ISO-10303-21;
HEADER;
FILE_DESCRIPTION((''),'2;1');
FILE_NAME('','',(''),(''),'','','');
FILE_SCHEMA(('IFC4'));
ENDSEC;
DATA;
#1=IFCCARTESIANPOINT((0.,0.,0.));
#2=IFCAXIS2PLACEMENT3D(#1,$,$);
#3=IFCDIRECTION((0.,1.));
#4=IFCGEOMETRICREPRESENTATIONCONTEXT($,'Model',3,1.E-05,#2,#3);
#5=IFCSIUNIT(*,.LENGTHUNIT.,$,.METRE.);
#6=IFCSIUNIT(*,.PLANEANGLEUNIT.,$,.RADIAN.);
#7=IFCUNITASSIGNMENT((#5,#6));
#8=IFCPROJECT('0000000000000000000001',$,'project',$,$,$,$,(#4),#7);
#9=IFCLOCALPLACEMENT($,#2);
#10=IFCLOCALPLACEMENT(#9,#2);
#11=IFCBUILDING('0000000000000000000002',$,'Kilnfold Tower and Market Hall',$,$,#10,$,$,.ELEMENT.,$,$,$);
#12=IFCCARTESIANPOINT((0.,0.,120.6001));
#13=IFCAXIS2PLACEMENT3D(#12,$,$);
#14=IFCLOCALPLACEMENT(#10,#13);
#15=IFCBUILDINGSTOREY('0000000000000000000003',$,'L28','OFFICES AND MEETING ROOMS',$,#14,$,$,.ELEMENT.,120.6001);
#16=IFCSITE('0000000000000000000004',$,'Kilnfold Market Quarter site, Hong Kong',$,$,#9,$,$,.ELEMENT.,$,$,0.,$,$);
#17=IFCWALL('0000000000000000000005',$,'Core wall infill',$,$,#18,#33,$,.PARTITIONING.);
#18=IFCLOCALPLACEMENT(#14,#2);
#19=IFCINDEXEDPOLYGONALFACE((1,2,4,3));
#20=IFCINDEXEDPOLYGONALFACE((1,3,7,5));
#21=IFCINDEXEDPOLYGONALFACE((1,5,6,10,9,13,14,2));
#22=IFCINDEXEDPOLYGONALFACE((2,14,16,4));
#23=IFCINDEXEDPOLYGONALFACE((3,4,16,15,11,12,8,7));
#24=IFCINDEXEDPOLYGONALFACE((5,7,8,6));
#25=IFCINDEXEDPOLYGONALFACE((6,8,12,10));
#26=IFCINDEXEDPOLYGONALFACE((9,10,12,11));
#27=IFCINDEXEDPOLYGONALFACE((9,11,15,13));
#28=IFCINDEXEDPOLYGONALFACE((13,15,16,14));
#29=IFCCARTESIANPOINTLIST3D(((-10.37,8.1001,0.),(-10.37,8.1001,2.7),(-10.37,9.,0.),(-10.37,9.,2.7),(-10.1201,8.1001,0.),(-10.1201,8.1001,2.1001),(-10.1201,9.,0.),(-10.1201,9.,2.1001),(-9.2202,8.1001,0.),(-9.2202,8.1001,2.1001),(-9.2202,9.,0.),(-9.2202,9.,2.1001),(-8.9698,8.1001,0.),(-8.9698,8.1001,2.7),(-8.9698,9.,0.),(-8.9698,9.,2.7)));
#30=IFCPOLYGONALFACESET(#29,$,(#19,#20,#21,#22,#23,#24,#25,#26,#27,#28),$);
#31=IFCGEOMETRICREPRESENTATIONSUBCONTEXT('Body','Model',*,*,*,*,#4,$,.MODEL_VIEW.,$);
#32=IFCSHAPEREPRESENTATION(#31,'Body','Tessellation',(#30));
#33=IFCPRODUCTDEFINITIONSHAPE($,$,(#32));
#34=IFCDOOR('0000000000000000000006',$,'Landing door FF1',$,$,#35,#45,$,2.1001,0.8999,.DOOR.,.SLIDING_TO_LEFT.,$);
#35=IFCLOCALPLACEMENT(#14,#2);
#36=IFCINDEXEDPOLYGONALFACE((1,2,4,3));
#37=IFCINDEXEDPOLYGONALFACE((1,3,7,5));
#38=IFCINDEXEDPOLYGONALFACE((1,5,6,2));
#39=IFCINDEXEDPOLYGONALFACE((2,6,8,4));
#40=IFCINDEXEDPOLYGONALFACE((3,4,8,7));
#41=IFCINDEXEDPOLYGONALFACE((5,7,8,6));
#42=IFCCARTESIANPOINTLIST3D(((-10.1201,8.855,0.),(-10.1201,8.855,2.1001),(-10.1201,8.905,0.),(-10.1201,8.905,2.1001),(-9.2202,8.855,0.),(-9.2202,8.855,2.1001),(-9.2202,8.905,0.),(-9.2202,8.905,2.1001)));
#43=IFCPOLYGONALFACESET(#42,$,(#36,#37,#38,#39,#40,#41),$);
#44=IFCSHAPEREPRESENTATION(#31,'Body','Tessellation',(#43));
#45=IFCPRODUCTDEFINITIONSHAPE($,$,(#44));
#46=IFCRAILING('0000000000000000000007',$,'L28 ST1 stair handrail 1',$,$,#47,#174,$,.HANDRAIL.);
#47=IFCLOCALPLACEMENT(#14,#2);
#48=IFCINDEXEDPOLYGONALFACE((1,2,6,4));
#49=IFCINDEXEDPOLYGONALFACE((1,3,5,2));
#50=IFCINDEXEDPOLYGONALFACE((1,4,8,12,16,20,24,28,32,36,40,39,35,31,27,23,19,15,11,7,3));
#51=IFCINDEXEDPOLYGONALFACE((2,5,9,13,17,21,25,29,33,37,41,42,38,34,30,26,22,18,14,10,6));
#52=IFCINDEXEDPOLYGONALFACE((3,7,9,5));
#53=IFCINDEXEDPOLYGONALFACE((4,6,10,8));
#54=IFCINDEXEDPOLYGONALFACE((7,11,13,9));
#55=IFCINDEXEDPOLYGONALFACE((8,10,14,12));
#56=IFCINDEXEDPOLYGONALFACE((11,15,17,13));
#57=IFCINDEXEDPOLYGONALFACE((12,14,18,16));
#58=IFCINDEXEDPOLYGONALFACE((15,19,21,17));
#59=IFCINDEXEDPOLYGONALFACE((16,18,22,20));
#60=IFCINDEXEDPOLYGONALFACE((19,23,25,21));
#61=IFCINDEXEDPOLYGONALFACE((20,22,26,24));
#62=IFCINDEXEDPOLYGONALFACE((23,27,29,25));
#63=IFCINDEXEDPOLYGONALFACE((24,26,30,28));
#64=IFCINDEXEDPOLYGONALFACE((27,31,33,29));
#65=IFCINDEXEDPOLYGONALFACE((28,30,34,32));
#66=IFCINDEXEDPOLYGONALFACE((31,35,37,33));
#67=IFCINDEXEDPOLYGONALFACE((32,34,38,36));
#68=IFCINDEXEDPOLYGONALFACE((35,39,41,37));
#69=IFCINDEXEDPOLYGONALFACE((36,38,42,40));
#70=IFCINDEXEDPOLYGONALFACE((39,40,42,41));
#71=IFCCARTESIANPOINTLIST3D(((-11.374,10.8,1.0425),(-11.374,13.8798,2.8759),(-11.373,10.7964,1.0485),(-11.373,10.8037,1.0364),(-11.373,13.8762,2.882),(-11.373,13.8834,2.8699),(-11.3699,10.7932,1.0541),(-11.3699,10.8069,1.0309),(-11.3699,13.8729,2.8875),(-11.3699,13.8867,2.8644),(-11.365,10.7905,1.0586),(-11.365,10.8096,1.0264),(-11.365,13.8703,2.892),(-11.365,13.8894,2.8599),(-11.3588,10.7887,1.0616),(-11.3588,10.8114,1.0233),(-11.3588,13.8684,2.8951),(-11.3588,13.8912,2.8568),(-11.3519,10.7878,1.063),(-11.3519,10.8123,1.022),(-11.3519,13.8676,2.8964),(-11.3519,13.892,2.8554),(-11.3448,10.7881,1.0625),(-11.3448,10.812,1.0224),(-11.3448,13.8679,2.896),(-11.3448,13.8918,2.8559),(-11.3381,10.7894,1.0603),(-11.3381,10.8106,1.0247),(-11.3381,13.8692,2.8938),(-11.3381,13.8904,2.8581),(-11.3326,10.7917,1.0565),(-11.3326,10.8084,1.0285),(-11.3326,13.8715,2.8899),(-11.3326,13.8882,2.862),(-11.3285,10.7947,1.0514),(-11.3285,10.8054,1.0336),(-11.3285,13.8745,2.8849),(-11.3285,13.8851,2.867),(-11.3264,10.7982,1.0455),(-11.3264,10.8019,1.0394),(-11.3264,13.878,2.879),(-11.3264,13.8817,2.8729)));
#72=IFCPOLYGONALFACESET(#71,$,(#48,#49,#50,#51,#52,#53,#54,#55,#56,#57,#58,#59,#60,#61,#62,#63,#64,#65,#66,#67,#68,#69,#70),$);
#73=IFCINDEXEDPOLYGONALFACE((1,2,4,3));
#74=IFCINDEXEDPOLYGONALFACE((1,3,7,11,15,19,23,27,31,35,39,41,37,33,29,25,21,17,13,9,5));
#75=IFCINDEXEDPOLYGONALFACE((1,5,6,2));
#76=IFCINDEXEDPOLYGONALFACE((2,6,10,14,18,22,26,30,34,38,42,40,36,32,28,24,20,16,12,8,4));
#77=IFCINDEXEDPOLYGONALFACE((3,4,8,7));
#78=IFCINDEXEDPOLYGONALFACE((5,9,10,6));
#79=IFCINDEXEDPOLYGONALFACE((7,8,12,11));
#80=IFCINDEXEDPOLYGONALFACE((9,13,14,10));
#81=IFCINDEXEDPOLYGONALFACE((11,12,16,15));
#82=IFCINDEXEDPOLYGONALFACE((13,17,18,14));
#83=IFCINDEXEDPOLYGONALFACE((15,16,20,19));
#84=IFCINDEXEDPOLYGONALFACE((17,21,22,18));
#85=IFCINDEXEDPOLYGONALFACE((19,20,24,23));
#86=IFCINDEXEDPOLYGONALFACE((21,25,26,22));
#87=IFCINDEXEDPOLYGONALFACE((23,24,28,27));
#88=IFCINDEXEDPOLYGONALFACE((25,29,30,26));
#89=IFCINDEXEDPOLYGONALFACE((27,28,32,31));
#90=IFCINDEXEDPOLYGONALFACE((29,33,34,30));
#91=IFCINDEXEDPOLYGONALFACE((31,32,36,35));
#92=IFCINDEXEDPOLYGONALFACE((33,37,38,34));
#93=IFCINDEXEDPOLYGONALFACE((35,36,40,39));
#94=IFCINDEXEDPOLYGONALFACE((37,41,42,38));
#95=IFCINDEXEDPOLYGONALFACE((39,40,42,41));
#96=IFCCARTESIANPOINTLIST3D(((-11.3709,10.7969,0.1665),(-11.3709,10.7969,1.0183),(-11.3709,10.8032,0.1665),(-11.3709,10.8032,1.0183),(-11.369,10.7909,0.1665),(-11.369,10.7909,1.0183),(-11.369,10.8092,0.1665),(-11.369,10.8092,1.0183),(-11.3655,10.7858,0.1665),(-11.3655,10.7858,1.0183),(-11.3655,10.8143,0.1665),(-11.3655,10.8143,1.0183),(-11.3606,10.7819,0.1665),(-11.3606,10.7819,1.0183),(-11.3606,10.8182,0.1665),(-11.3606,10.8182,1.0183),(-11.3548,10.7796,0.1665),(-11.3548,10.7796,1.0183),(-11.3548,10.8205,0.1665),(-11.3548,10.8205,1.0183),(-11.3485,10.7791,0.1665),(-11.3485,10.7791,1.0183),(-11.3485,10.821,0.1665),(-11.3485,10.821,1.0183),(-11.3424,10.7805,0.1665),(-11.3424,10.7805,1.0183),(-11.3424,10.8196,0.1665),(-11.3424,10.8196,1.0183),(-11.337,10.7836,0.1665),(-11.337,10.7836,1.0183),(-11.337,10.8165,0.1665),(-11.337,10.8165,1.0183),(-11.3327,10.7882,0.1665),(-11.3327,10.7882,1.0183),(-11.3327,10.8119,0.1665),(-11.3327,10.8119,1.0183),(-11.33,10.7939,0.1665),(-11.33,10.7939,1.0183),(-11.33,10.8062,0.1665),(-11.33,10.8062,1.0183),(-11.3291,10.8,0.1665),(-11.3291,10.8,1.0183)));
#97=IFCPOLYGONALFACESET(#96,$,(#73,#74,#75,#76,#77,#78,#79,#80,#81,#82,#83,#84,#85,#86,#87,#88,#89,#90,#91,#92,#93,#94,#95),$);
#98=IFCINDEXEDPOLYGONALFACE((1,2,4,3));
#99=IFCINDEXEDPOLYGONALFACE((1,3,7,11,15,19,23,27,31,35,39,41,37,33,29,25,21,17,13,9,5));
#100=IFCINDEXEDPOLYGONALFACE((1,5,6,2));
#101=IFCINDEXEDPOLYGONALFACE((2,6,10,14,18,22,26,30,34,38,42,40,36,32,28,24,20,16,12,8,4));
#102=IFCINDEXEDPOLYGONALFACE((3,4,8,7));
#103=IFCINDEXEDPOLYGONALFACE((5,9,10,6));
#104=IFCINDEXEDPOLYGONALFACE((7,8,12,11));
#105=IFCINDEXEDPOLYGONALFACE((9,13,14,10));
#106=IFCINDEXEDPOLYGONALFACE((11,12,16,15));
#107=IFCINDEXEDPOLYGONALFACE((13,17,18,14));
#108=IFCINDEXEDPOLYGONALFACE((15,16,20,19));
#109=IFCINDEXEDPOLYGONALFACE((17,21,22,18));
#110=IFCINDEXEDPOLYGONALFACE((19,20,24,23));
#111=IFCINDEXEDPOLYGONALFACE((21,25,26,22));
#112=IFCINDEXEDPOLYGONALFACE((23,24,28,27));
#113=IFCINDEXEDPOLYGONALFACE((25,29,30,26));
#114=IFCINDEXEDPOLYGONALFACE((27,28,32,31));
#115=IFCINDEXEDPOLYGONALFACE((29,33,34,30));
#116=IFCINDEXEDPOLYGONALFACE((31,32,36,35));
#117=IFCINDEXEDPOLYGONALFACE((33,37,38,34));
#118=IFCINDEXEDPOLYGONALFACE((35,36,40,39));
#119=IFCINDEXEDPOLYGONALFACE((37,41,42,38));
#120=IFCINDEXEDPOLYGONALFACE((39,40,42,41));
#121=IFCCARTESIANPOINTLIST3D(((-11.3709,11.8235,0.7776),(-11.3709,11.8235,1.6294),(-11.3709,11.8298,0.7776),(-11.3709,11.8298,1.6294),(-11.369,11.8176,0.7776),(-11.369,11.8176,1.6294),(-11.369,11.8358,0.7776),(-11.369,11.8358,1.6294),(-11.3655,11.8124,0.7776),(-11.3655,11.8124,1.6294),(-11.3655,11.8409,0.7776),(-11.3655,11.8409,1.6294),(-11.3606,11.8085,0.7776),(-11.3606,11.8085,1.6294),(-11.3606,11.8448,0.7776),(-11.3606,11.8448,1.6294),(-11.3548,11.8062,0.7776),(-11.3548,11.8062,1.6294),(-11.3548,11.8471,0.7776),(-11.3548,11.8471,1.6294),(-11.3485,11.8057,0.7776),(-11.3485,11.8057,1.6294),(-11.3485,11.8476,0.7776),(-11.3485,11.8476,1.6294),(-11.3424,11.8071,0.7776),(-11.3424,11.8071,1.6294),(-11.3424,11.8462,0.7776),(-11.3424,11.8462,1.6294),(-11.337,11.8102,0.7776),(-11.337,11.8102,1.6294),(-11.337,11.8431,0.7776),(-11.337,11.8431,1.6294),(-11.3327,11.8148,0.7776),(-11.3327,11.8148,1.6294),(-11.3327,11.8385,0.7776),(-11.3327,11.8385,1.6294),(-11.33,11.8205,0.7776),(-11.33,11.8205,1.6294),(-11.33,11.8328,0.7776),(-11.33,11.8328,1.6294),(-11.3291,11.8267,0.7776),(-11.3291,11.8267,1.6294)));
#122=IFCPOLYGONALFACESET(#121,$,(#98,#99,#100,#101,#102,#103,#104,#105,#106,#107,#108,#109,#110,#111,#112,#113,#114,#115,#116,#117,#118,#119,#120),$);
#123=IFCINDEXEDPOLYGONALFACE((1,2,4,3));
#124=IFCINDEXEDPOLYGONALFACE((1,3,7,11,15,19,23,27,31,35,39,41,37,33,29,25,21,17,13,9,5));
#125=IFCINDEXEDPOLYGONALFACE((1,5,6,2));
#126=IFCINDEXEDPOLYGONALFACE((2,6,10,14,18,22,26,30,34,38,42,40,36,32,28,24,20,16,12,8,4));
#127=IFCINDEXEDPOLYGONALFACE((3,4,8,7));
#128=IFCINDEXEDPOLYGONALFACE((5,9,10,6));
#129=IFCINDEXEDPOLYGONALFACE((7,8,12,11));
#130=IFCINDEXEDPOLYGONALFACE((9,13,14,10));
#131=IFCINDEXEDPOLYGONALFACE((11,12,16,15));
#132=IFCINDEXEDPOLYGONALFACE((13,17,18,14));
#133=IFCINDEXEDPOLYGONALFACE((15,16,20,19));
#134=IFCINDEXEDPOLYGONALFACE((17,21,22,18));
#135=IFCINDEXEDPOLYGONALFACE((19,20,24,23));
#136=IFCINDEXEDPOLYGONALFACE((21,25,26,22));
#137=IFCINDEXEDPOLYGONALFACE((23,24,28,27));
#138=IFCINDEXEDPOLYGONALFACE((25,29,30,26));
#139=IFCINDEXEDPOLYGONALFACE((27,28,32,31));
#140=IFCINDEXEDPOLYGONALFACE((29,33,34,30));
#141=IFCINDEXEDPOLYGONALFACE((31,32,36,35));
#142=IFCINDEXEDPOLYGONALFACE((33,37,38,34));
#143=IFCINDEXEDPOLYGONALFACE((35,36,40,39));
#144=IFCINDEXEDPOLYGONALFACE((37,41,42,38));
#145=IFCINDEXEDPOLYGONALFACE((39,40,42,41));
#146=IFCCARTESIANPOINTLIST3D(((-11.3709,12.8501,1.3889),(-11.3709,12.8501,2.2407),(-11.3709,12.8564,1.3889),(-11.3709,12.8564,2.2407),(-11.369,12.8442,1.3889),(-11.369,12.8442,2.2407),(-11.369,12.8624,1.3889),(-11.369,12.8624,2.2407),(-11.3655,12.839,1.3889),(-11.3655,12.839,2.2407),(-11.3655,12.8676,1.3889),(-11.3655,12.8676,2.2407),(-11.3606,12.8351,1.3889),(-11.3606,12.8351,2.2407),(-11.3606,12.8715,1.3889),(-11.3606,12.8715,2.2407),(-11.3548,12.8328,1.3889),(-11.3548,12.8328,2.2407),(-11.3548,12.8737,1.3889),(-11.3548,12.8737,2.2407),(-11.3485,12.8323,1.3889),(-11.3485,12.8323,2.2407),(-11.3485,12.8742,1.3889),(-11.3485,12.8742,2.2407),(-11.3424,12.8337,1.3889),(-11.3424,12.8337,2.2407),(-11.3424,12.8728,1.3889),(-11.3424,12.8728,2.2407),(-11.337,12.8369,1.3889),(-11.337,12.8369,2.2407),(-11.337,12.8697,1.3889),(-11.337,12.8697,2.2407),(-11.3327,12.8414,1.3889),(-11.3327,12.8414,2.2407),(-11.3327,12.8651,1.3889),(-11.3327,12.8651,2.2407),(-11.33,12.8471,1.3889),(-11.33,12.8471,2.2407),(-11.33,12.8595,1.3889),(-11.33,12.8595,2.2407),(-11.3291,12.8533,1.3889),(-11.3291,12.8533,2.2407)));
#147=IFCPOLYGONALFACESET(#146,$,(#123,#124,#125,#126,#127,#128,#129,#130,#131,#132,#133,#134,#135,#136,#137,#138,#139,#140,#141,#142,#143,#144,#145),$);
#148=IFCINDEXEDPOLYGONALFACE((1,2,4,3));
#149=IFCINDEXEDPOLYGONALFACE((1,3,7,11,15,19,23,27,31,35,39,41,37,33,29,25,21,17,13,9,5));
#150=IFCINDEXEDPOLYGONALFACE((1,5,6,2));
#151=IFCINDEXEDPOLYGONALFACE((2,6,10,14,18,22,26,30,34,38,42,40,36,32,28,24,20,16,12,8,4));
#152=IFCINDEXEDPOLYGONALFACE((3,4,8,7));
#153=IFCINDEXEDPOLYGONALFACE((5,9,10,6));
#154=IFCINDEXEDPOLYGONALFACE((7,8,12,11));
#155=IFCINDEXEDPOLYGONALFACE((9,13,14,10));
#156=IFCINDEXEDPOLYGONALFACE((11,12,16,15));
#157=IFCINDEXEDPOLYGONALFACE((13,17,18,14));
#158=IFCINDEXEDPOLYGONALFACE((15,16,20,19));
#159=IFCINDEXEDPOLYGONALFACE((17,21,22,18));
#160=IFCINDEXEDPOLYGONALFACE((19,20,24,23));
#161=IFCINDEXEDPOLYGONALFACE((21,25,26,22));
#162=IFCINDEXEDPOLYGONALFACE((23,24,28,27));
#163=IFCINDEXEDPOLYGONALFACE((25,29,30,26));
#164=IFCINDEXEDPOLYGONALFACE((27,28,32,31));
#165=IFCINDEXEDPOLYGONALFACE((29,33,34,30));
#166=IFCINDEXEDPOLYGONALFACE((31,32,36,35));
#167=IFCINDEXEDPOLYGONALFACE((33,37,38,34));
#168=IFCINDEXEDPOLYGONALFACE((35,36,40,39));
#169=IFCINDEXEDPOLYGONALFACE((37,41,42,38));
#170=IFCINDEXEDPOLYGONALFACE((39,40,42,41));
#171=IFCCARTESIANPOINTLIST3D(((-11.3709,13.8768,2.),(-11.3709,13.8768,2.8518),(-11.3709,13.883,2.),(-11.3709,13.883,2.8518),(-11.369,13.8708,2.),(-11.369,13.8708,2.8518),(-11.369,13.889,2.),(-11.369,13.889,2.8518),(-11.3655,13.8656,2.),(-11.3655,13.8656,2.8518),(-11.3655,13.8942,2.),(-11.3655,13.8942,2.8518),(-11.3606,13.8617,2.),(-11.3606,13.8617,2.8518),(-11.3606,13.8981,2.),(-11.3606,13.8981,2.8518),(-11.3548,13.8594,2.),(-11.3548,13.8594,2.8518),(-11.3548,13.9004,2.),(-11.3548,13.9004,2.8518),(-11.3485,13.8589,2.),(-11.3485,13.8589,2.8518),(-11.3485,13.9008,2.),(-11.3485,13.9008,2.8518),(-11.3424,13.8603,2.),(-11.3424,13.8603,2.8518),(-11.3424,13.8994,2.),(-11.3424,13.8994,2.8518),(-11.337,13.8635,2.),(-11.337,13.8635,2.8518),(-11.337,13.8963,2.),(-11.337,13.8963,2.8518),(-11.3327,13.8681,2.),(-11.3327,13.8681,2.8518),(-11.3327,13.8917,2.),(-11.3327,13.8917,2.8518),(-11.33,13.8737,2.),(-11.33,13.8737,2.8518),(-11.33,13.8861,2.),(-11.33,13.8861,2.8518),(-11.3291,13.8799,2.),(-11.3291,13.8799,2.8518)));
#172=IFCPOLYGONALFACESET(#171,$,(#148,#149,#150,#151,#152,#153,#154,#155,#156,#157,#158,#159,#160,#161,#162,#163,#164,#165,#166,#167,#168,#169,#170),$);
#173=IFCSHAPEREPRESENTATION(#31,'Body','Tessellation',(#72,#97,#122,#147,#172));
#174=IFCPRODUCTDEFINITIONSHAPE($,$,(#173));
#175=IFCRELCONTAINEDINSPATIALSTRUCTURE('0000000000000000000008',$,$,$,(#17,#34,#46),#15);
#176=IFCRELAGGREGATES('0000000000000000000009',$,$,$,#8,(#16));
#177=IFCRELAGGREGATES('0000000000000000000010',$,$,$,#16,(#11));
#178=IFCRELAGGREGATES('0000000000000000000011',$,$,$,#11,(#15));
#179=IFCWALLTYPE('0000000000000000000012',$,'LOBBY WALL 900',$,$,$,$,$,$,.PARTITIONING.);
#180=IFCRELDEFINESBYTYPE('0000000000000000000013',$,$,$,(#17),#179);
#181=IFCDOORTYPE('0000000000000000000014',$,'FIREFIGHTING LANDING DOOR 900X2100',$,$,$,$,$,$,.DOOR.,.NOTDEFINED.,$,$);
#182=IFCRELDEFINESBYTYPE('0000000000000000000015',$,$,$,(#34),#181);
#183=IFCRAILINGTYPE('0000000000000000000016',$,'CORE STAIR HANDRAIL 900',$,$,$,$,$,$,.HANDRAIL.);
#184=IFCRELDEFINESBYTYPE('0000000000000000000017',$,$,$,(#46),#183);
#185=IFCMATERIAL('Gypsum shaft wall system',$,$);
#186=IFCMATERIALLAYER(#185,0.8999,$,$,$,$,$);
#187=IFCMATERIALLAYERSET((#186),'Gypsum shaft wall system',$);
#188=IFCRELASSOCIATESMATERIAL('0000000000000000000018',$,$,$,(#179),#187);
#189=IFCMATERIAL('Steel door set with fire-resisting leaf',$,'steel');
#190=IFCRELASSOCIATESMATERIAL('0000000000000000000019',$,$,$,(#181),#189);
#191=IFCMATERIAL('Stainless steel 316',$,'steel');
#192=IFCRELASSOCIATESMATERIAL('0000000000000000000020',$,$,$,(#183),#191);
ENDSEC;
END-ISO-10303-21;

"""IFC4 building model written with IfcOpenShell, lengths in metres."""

from ifc_helpers import new_model, si_unit, direction, frame, frame_2d, origin, origin_2d, place, context, subcontext, project, spatial, rectangle, circle, extrude, source, transform, mapped, material, layer, layer_set, type_object, element, fill, save


model = new_model("IFC4")

# Units and contexts
model_context = context("Model", 3, precision=1e-05, world=origin(), true_north=direction((0.0, 1.0)))
body_context = subcontext(model_context, "Body", "Model", "MODEL_VIEW")
ifc_project = project(units=[si_unit("LENGTHUNIT", "METRE"), si_unit("PLANEANGLEUNIT", "RADIAN")], contexts=[model_context])

# Site, building, storey
site_placement = place(None, origin())
site = spatial("IfcSite", under=ifc_project, at=site_placement, Name="Kilnfold Market Quarter site, Hong Kong", CompositionType="ELEMENT", RefElevation=0.0)
building_placement = place(site_placement, origin())
building = spatial("IfcBuilding", under=site, at=building_placement, Name="Kilnfold Tower and Market Hall", CompositionType="ELEMENT")
storey_placement = place(building_placement, frame((0.0, 0.0, 120.6001)))
storey = spatial("IfcBuildingStorey", under=building, at=storey_placement, Name="L28", Description="OFFICES AND MEETING ROOMS", CompositionType="ELEMENT", Elevation=120.6001)

# Wall, opening, door
ifc_material_1 = material(Name="Gypsum shaft wall system")
ifc_layer_1 = layer(ifc_material_1, 0.8999)
ifc_layer_set_1 = layer_set([ifc_layer_1], Name="Gypsum shaft wall system")
wall_type_1 = type_object("IfcWallType", Name="LOBBY WALL 900", PredefinedType="PARTITIONING", material=ifc_layer_set_1)
shared_shape_1 = source(origin(), body_context, "Body", "SweptSolid", [
    extrude(rectangle(XDim=1.4001, YDim=0.8999, at=frame_2d((0.7002, 0.0))), origin(), (0.0, 0.0, 1.0), 2.7),
])
wall_1_placement = place(storey_placement, frame((-10.3701, 8.55, 0.0), z_axis=(0.0, 0.0, 1.0), x_axis=(1.0, 0.0, 0.0)))
wall_1 = element("IfcWall", 1, at=wall_1_placement, inside=storey, type_object=wall_type_1, Name="Core wall infill", PredefinedType="PARTITIONING", context=body_context, shape_type="MappedRepresentation", body=[
    mapped(shared_shape_1, transform((0.0, 0.0, 0.0))),
])
opening_1_placement = place(wall_1_placement, frame((0.25, 0.0, 0.0)))
opening_1 = element("IfcOpeningElement", 2, at=opening_1_placement, cuts=wall_1, PredefinedType="OPENING", context=body_context, shape_type="SweptSolid", body=[
    extrude(rectangle(XDim=0.8999, YDim=2.1001, at=frame_2d((0.45, 1.05))), frame((0.0, 0.46, 0.0), z_axis=(0.0, -1.0, 0.0), x_axis=(1.0, 0.0, 0.0)), (0.0, 0.0, 1.0), 0.9199),
])
ifc_material_2 = material(Name="Steel door set with fire-resisting leaf", Category="steel")
door_type_1 = type_object("IfcDoorType", Name="FIREFIGHTING LANDING DOOR 900X2100", OperationType="NOTDEFINED", PredefinedType="DOOR", material=ifc_material_2)
door_1_placement = place(opening_1_placement, origin())
door_1 = element("IfcDoor", 3, at=door_1_placement, inside=storey, type_object=door_type_1, Name="Landing door FF1", OperationType="SLIDING_TO_LEFT", OverallHeight=2.1001, OverallWidth=0.8999, PredefinedType="DOOR", context=body_context, shape_type="SweptSolid", body=[
    extrude(rectangle(XDim=0.8999, YDim=2.1001, at=frame_2d((0.45, 1.05))), frame((0.0, 0.355, 0.0), z_axis=(0.0, -1.0, 0.0), x_axis=(1.0, 0.0, 0.0)), (0.0, 0.0, 1.0), 0.05),
])
fill(opening_1, door_1)

# Railing
ifc_material_3 = material(Name="Stainless steel 316", Category="steel")
railing_type_1 = type_object("IfcRailingType", Name="CORE STAIR HANDRAIL 900", PredefinedType="HANDRAIL", material=ifc_material_3)
railing_1_placement = place(storey_placement, frame((-11.3501, 10.8, 0.1665)))
element("IfcRailing", 4, at=railing_1_placement, inside=storey, type_object=railing_type_1, Name="L28 ST1 stair handrail 1", PredefinedType="HANDRAIL", context=body_context, shape_type="SweptSolid", body=[
    extrude(circle(Radius=0.0239, at=origin_2d()), frame((0.0, 0.0, 0.876), z_axis=(0.0, 0.859261, 0.511538), x_axis=(-1.0, 0.0, 0.0)), (0.0, 0.0, 1.0), 3.5842),
    extrude(circle(Radius=0.021, at=origin_2d()), origin(), (0.0, 0.0, 1.0), 0.8518),
    extrude(circle(Radius=0.021, at=origin_2d()), frame((0.0, 1.0266, 0.6111)), (0.0, 0.0, 1.0), 0.8518),
    extrude(circle(Radius=0.021, at=origin_2d()), frame((0.0, 2.0532, 1.2224)), (0.0, 0.0, 1.0), 0.8518),
    extrude(circle(Radius=0.021, at=origin_2d()), frame((0.0, 3.0798, 1.8335)), (0.0, 0.0, 1.0), 0.8518),
])

save(model, "model.ifc")
